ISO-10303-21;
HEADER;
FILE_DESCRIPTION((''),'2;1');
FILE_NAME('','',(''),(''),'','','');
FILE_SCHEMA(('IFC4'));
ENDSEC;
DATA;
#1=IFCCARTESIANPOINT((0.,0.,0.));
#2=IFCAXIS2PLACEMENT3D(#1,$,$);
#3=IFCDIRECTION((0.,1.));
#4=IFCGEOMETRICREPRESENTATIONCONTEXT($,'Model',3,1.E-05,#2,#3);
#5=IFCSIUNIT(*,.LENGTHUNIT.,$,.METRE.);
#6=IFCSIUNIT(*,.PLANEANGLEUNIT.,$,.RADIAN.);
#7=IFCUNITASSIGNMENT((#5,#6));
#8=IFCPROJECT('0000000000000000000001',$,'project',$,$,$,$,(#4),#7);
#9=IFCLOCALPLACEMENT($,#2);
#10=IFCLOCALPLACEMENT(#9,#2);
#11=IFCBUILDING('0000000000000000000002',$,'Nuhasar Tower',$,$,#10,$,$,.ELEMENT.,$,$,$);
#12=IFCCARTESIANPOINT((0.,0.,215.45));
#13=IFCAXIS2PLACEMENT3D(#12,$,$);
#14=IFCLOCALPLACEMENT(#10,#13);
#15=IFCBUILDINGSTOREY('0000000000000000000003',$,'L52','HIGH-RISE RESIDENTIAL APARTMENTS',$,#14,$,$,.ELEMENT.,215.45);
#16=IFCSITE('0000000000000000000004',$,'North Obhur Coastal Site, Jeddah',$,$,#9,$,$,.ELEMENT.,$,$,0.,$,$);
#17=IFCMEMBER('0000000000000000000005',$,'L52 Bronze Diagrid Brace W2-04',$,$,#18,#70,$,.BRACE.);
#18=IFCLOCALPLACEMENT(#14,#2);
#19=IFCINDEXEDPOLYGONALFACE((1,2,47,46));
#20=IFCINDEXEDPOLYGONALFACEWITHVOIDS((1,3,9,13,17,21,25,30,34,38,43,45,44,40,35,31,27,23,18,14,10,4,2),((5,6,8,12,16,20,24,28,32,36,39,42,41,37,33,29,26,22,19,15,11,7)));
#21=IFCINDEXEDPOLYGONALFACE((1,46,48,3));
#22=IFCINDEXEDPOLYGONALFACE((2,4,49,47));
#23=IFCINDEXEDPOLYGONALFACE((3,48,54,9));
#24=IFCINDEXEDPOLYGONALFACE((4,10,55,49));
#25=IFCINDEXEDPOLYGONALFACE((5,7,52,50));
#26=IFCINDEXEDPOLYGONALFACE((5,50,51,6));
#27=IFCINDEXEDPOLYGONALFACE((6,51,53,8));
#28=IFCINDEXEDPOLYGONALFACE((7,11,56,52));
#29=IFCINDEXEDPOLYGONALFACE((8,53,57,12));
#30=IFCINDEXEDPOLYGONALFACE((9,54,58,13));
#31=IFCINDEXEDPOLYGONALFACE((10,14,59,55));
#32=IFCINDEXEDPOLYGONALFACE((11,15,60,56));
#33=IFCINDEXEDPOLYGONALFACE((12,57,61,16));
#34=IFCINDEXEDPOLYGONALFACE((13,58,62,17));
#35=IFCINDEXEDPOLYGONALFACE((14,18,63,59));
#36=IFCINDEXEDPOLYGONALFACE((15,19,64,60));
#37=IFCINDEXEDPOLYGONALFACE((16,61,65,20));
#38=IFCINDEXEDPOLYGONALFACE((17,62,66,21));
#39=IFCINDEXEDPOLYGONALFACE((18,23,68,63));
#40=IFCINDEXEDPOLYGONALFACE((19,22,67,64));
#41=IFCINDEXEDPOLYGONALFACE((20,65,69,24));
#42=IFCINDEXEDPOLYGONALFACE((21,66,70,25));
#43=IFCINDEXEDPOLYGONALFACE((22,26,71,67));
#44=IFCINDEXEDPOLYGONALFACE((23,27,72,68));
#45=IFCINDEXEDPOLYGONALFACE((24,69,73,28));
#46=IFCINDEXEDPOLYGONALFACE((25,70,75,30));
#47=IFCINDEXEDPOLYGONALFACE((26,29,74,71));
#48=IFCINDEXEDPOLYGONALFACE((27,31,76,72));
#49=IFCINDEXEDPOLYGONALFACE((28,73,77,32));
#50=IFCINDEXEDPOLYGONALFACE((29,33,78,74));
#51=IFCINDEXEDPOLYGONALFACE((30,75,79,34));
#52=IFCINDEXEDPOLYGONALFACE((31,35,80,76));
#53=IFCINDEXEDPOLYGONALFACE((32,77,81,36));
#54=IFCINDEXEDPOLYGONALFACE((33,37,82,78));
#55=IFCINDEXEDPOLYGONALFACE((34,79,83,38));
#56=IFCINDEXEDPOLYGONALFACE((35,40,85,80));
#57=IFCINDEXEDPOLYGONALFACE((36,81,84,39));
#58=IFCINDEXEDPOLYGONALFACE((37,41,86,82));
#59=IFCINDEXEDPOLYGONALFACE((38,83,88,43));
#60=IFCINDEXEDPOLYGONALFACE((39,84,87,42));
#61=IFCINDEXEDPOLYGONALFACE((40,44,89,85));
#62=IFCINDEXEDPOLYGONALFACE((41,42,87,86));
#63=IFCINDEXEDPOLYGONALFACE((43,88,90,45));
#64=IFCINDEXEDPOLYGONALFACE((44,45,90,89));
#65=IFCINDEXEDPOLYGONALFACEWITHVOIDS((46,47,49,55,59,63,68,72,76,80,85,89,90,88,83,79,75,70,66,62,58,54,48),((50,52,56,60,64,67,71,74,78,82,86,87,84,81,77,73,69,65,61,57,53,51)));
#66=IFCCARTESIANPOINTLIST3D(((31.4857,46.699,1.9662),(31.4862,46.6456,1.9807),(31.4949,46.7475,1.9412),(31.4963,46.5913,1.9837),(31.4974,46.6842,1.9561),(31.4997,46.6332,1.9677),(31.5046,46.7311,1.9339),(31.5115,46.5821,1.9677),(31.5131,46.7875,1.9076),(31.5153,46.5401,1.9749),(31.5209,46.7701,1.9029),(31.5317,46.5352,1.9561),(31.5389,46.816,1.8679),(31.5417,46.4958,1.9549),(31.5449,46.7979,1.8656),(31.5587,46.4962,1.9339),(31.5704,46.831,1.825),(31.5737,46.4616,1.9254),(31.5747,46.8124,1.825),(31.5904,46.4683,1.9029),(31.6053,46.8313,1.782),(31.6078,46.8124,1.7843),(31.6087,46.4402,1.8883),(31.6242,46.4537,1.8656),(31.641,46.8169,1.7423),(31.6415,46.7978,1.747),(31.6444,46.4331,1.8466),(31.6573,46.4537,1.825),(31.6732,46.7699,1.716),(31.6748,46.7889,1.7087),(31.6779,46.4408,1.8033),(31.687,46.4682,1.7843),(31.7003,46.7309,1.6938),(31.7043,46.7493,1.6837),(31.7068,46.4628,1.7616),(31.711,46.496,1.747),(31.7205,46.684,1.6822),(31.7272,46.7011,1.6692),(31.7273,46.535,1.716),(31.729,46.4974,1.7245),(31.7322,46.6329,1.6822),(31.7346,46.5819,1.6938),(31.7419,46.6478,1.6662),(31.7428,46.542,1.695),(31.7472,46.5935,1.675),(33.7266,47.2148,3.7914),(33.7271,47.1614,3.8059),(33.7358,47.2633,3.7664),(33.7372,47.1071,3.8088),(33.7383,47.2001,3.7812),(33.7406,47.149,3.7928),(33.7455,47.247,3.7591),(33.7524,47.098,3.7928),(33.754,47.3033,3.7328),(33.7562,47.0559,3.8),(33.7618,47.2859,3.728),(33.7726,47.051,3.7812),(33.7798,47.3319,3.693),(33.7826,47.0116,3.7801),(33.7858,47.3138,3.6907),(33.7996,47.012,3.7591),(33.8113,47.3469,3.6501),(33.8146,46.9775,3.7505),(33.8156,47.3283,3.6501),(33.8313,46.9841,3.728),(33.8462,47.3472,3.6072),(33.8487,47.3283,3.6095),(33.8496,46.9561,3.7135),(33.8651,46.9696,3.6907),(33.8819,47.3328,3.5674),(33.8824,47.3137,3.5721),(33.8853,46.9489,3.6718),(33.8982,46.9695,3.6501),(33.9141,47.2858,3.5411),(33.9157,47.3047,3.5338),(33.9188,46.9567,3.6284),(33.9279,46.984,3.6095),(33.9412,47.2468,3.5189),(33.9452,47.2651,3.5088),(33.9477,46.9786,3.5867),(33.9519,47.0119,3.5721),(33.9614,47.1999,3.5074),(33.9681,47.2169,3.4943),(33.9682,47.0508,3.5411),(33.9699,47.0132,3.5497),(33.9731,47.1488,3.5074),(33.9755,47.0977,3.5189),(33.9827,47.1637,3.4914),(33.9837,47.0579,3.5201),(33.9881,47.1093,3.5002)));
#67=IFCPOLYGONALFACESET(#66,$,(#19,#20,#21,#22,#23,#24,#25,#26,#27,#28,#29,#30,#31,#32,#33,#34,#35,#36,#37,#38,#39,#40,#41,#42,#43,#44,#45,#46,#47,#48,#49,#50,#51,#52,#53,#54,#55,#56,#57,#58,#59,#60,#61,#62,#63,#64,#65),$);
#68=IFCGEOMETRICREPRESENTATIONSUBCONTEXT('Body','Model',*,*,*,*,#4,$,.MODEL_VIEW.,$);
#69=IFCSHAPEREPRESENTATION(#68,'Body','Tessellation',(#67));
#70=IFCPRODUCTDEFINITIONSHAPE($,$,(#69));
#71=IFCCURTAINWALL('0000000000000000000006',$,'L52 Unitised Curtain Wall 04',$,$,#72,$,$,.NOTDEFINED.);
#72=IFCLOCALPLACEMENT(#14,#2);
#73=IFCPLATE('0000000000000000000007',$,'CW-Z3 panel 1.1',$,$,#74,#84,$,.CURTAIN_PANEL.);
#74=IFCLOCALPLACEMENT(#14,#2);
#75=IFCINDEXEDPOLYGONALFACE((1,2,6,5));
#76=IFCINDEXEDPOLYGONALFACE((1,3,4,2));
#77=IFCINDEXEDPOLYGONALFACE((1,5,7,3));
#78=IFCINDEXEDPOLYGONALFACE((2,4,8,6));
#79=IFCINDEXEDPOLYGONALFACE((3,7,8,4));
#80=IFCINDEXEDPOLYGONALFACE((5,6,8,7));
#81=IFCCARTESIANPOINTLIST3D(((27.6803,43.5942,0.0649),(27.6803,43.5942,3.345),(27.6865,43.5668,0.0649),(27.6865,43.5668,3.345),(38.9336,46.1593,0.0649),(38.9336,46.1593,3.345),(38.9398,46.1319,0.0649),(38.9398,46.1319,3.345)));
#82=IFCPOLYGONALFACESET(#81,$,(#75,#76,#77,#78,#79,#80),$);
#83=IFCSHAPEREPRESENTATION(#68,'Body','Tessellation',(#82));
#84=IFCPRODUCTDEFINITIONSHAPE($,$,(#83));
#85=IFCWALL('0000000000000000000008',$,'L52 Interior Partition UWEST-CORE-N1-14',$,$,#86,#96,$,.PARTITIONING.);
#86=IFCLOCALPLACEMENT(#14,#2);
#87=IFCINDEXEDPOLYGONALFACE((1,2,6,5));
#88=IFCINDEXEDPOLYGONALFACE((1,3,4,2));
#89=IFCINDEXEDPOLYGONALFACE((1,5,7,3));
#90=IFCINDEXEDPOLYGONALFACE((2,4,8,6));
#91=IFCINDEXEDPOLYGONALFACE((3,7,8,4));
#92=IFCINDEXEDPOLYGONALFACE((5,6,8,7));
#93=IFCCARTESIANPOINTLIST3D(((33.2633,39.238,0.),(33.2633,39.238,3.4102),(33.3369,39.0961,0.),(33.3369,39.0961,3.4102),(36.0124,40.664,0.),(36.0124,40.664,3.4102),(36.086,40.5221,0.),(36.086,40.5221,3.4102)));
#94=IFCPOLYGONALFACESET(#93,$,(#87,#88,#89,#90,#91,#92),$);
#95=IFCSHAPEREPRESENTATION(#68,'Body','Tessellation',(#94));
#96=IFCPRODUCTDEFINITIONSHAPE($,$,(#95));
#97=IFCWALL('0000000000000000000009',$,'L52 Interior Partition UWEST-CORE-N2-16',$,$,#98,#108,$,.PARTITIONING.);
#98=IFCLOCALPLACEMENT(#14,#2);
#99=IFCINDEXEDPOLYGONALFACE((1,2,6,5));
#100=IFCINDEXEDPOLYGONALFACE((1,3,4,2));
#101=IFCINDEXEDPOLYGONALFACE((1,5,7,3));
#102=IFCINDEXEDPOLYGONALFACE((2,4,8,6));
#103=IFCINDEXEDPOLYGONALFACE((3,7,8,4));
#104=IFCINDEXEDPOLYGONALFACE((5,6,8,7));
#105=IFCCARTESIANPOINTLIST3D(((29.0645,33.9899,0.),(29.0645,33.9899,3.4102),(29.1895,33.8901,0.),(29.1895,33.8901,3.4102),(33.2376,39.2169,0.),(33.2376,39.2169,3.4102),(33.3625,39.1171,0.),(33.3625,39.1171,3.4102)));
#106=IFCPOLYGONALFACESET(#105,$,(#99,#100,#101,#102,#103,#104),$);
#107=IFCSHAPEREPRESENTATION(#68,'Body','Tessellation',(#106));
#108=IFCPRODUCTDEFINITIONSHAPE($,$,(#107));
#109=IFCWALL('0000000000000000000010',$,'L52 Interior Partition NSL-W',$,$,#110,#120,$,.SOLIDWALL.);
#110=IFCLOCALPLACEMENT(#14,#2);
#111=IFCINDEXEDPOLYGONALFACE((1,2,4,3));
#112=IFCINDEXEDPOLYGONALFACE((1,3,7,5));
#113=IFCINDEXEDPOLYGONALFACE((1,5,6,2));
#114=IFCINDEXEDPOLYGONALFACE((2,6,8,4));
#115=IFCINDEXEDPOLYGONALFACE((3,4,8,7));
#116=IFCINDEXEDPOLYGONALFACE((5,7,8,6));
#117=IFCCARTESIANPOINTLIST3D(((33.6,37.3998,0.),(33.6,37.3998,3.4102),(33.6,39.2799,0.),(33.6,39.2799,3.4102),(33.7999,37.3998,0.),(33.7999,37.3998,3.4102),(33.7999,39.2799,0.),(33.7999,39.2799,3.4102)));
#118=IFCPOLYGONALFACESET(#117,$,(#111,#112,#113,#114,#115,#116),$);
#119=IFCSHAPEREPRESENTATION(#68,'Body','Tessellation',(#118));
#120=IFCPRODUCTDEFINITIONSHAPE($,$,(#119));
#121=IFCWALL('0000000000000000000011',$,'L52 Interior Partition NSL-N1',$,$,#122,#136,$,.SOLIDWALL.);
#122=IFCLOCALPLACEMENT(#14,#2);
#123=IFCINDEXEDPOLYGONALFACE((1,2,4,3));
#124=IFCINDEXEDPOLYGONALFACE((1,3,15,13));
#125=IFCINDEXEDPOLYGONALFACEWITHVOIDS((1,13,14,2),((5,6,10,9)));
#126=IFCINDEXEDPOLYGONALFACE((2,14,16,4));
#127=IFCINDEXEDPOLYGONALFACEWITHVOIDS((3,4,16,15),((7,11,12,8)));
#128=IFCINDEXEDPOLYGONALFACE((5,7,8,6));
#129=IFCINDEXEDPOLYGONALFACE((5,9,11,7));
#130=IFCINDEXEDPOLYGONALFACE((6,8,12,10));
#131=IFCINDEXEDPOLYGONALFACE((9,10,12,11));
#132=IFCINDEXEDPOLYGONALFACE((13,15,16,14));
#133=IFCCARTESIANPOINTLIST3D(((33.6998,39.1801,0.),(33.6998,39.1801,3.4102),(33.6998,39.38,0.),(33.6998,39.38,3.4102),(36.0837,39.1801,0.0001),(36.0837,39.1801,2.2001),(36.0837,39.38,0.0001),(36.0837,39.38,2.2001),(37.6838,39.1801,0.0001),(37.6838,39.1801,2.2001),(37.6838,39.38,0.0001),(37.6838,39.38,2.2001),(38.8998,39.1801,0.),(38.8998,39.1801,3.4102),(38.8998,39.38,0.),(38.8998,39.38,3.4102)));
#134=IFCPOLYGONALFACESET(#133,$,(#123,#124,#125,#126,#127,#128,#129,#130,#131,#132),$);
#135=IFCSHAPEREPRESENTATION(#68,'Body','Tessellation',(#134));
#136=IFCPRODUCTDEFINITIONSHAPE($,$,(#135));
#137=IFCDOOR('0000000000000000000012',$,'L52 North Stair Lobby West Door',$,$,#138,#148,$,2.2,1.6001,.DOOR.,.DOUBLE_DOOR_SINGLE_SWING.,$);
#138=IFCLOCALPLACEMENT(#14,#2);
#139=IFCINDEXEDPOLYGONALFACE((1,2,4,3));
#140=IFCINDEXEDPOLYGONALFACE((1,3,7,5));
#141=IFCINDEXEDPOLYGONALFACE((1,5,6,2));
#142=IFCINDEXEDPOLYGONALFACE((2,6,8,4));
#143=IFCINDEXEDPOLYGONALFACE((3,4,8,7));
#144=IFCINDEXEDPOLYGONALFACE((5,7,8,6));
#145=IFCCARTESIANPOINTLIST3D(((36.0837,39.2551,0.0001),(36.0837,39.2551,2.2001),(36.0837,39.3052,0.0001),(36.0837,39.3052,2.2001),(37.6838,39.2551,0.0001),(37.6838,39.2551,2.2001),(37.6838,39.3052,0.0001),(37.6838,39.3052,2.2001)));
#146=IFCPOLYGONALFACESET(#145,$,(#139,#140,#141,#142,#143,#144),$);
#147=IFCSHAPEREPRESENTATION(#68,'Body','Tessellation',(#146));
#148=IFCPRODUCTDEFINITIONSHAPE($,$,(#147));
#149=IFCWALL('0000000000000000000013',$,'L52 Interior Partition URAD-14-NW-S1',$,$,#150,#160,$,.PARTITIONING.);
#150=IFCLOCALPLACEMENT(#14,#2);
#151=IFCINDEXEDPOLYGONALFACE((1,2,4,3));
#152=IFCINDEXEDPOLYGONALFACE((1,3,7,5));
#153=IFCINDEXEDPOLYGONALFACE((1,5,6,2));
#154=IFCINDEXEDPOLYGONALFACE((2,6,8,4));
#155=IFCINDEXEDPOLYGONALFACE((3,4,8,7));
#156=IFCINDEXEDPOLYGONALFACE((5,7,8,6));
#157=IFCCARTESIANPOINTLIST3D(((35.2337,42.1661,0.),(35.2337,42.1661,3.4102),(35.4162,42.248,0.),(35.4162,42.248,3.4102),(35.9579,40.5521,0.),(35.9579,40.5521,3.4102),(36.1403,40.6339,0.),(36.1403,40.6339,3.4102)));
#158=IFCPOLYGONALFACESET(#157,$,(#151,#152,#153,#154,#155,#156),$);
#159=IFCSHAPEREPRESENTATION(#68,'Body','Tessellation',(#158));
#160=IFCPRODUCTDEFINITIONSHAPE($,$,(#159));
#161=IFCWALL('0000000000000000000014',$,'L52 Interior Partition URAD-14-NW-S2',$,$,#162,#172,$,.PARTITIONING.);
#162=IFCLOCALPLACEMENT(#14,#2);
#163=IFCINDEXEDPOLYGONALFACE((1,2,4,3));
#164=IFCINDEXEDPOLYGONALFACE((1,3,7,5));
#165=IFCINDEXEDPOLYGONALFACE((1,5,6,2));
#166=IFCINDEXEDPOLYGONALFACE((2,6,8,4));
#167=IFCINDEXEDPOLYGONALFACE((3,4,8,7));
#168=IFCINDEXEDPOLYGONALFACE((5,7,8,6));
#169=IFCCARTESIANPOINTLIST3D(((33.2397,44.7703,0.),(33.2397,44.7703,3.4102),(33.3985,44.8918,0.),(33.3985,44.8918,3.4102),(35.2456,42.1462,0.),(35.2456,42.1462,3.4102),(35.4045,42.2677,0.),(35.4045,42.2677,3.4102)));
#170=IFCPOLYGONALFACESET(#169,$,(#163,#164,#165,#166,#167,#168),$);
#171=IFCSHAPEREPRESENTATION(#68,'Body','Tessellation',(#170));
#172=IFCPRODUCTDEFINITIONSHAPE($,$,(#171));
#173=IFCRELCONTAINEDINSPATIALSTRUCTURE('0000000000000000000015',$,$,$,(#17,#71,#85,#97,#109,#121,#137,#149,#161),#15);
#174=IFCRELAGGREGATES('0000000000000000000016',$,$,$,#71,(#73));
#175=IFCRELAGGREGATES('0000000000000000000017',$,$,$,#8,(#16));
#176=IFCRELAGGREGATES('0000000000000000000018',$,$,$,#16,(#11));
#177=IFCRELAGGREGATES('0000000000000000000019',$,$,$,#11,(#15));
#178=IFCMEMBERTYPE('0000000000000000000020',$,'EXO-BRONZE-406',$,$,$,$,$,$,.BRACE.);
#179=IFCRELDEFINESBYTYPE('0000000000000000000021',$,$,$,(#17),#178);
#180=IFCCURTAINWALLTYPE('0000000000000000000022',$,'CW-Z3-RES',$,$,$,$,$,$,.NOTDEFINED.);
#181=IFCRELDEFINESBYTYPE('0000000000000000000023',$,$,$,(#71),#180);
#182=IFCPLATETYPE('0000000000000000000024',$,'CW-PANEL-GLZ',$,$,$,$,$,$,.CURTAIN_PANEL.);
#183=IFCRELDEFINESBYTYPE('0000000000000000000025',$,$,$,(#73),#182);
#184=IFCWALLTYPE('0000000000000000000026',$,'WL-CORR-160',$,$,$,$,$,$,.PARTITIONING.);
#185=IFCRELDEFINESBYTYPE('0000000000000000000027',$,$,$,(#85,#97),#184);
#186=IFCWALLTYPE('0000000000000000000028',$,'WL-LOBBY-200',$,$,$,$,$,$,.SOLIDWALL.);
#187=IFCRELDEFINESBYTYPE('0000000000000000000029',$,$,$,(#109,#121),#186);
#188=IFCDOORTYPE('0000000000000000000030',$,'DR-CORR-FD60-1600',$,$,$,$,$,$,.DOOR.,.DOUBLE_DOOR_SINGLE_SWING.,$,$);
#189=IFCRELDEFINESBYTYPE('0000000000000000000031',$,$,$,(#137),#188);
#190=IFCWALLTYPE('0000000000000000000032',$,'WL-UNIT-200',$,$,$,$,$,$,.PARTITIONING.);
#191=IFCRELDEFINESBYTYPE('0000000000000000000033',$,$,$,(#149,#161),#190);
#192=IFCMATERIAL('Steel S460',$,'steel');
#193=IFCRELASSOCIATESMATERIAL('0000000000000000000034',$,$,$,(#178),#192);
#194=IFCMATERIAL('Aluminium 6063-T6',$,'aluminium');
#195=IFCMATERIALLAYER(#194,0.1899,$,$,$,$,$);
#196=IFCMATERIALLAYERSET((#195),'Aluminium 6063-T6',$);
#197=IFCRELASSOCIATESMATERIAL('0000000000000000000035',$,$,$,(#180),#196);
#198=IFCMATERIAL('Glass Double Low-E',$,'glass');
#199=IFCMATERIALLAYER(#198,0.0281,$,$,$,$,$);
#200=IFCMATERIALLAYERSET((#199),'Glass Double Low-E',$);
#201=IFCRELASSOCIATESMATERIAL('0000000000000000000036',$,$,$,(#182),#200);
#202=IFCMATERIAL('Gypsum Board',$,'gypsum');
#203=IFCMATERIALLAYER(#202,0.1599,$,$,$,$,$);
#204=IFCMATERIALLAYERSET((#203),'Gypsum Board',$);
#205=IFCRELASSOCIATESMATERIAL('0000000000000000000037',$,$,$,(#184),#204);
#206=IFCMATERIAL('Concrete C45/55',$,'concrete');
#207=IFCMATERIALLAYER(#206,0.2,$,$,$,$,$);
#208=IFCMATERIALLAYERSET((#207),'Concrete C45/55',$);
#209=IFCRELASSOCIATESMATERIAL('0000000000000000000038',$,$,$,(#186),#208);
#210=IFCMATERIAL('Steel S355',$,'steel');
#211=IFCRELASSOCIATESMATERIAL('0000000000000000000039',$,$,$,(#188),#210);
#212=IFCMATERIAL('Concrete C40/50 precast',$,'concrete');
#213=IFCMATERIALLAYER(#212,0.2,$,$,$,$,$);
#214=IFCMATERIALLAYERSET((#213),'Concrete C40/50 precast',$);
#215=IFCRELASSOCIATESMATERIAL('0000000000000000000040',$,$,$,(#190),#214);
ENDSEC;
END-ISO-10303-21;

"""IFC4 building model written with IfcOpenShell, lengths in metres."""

from ifc_helpers import new_model, si_unit, direction, frame, frame_2d, origin, origin_2d, place, context, subcontext, project, spatial, rectangle, hollow_circle, extrude, material, layer, layer_set, material_profile, profile_set, type_object, element, fill, aggregate, save


model = new_model("IFC4")

# Units and contexts
model_context = context("Model", 3, precision=1e-05, world=origin(), true_north=direction((0.0, 1.0)))
body_context = subcontext(model_context, "Body", "Model", "MODEL_VIEW")
ifc_project = project(units=[si_unit("LENGTHUNIT", "METRE"), si_unit("PLANEANGLEUNIT", "RADIAN")], contexts=[model_context])

# Site, building, storey
site_placement = place(None, origin())
site = spatial("IfcSite", under=ifc_project, at=site_placement, Name="North Obhur Coastal Site, Jeddah", CompositionType="ELEMENT", RefElevation=0.0)
building_placement = place(site_placement, origin())
building = spatial("IfcBuilding", under=site, at=building_placement, Name="Nuhasar Tower", CompositionType="ELEMENT")
storey_placement = place(building_placement, frame((0.0, 0.0, 215.45)))
storey = spatial("IfcBuildingStorey", under=building, at=storey_placement, Name="L52", Description="HIGH-RISE RESIDENTIAL APARTMENTS", CompositionType="ELEMENT", Elevation=215.45)

# Shared definitions
ifc_material_1 = material(Name="Steel S355", Category="steel")

# Member
ifc_material_2 = material(Name="Steel S460", Category="steel")
ifc_material_profile_1 = material_profile(ifc_material_2, hollow_circle(Radius=0.2031, WallThickness=0.019, at=origin_2d()), Name="HSS406.4X19.1")
ifc_profile_set_1 = profile_set([ifc_material_profile_1], Name="Steel S460")
member_type = type_object("IfcMemberType", Name="EXO-BRONZE-406", PredefinedType="BRACE", material=ifc_profile_set_1)
for number, where, z_axis, x_axis, name in (
    (1, (31.616, 46.6331, 1.825), (0.763303, 0.175712, 0.621686), (-0.224332, 0.974513, 0.0), "L52 Bronze Diagrid Brace W2-04"),
):
    element("IfcMember", number, at=place(storey_placement, frame(where, z_axis=z_axis, x_axis=x_axis)), inside=storey, type_object=member_type, Name=name, PredefinedType="BRACE", context=body_context, shape_type="SweptSolid", body=[
        extrude(hollow_circle(Radius=0.2031, WallThickness=0.019, at=origin_2d()), origin(), (0.0, 0.0, 1.0), 2.9358),
    ])

# Curtain wall, plate
ifc_material_3 = material(Name="Aluminium 6063-T6", Category="aluminium")
ifc_layer_1 = layer(ifc_material_3, 0.1899)
ifc_layer_set_1 = layer_set([ifc_layer_1], Name="Aluminium 6063-T6")
curtain_wall_type = type_object("IfcCurtainWallType", Name="CW-Z3-RES", PredefinedType="NOTDEFINED", material=ifc_layer_set_1)
curtain_wall_placement = place(storey_placement, origin())
curtain_wall = element("IfcCurtainWall", 2, at=curtain_wall_placement, inside=storey, type_object=curtain_wall_type, Name="L52 Unitised Curtain Wall 04", PredefinedType="NOTDEFINED")
ifc_material_4 = material(Name="Glass Double Low-E", Category="glass")
ifc_layer_2 = layer(ifc_material_4, 0.0281)
ifc_layer_set_2 = layer_set([ifc_layer_2], Name="Glass Double Low-E")
plate_type = type_object("IfcPlateType", Name="CW-PANEL-GLZ", PredefinedType="CURTAIN_PANEL", material=ifc_layer_set_2)
plate_placement = place(storey_placement, frame((33.3101, 44.863, 0.0649), z_axis=(0.0, 0.0, 1.0), x_axis=(-0.974991, -0.222243, 0.0)))
plate = element("IfcPlate", 3, at=plate_placement, type_object=plate_type, Name="CW-Z3 panel 1.1", PredefinedType="CURTAIN_PANEL", context=body_context, shape_type="SweptSolid", body=[
    extrude(rectangle(XDim=11.542, YDim=0.0281, at=origin_2d()), origin(), (0.0, 0.0, 1.0), 3.28),
])
aggregate(curtain_wall, [plate])

# Walls
ifc_material_5 = material(Name="Gypsum Board", Category="gypsum")
ifc_layer_3 = layer(ifc_material_5, 0.1599)
ifc_layer_set_3 = layer_set([ifc_layer_3], Name="Gypsum Board")
wall_type_1 = type_object("IfcWallType", Name="WL-CORR-160", PredefinedType="PARTITIONING", material=ifc_layer_set_3)
wall_1_placement = place(storey_placement, frame((36.0491, 40.593, 0.0), z_axis=(0.0, 0.0, 1.0), x_axis=(-0.887675, -0.460471, 0.0)))
element("IfcWall", 4, at=wall_1_placement, inside=storey, type_object=wall_type_1, Name="L52 Interior Partition UWEST-CORE-N1-14", PredefinedType="PARTITIONING", context=body_context, shape_type="SweptSolid", body=[
    extrude(rectangle(XDim=3.0969, YDim=0.1599, at=frame_2d((1.5483, 0.0))), origin(), (0.0, 0.0, 1.0), 3.4102),
])
wall_2_placement = place(storey_placement, frame((33.3, 39.167, 0.0), z_axis=(0.0, 0.0, 1.0), x_axis=(-0.623916, -0.781492, 0.0)))
element("IfcWall", 5, at=wall_2_placement, inside=storey, type_object=wall_type_1, Name="L52 Interior Partition UWEST-CORE-N2-16", PredefinedType="PARTITIONING", context=body_context, shape_type="SweptSolid", body=[
    extrude(rectangle(XDim=6.6885, YDim=0.1599, at=frame_2d((3.3442, 0.0))), origin(), (0.0, 0.0, 1.0), 3.4102),
])
ifc_material_6 = material(Name="Concrete C45/55", Category="concrete")
ifc_layer_4 = layer(ifc_material_6, 0.2)
ifc_layer_set_4 = layer_set([ifc_layer_4], Name="Concrete C45/55")
wall_type_2 = type_object("IfcWallType", Name="WL-LOBBY-200", PredefinedType="SOLIDWALL", material=ifc_layer_set_4)
wall_3_placement = place(storey_placement, frame((33.7, 37.3999, 0.0), z_axis=(0.0, 0.0, 1.0), x_axis=(0.0, 1.0, 0.0)))
element("IfcWall", 6, at=wall_3_placement, inside=storey, type_object=wall_type_2, Name="L52 Interior Partition NSL-W", PredefinedType="SOLIDWALL", context=body_context, shape_type="SweptSolid", body=[
    extrude(rectangle(XDim=1.8801, YDim=0.2, at=frame_2d((0.9399, 0.0))), origin(), (0.0, 0.0, 1.0), 3.4102),
])

# Wall, opening, door
wall_4_placement = place(storey_placement, frame((38.8999, 39.28, 0.0), z_axis=(0.0, 0.0, 1.0), x_axis=(-1.0, 0.0, 0.0)))
wall_4 = element("IfcWall", 7, at=wall_4_placement, inside=storey, type_object=wall_type_2, Name="L52 Interior Partition NSL-N1", PredefinedType="SOLIDWALL", context=body_context, shape_type="SweptSolid", body=[
    extrude(rectangle(XDim=5.2, YDim=0.2, at=frame_2d((2.6001, 0.0))), origin(), (0.0, 0.0, 1.0), 3.4102),
])
opening_1_placement = place(wall_4_placement, frame((1.2161, 0.0, 0.0)))
opening_1 = element("IfcOpeningElement", 8, at=opening_1_placement, cuts=wall_4, PredefinedType="OPENING", context=body_context, shape_type="SweptSolid", body=[
    extrude(rectangle(XDim=1.6001, YDim=2.2, at=frame_2d((0.8, 1.1001))), frame((0.0, 0.1099, 0.0), z_axis=(0.0, -1.0, 0.0), x_axis=(1.0, 0.0, 0.0)), (0.0, 0.0, 1.0), 0.22),
])
door_type_1 = type_object("IfcDoorType", Name="DR-CORR-FD60-1600", OperationType="DOUBLE_DOOR_SINGLE_SWING", PredefinedType="DOOR", material=ifc_material_1)
door_1_placement = place(opening_1_placement, origin())
door_1 = element("IfcDoor", 9, at=door_1_placement, inside=storey, type_object=door_type_1, Name="L52 North Stair Lobby West Door", OperationType="DOUBLE_DOOR_SINGLE_SWING", OverallHeight=2.2, OverallWidth=1.6001, PredefinedType="DOOR", context=body_context, shape_type="SweptSolid", body=[
    extrude(rectangle(XDim=1.6001, YDim=2.2, at=frame_2d((0.8, 1.1001))), frame((0.0, 0.0249, 0.0), z_axis=(0.0, -1.0, 0.0), x_axis=(1.0, 0.0, 0.0)), (0.0, 0.0, 1.0), 0.05),
])
fill(opening_1, door_1)

# Walls
ifc_material_7 = material(Name="Concrete C40/50 precast", Category="concrete")
ifc_layer_5 = layer(ifc_material_7, 0.2)
ifc_layer_set_5 = layer_set([ifc_layer_5], Name="Concrete C40/50 precast")
wall_type_3 = type_object("IfcWallType", Name="WL-UNIT-200", PredefinedType="PARTITIONING", material=ifc_layer_set_5)
wall_5_placement = place(storey_placement, frame((36.0491, 40.593, 0.0), z_axis=(0.0, 0.0, 1.0), x_axis=(-0.409337, 0.912383, 0.0)))
element("IfcWall", 10, at=wall_5_placement, inside=storey, type_object=wall_type_3, Name="L52 Interior Partition URAD-14-NW-S1", PredefinedType="PARTITIONING", context=body_context, shape_type="SweptSolid", body=[
    extrude(rectangle(XDim=1.769, YDim=0.2, at=frame_2d((0.8845, 0.0))), origin(), (0.0, 0.0, 1.0), 3.4102),
])
wall_6_placement = place(storey_placement, frame((35.325, 42.207, 0.0), z_axis=(0.0, 0.0, 1.0), x_axis=(-0.607307, 0.794467, 0.0)))
element("IfcWall", 11, at=wall_6_placement, inside=storey, type_object=wall_type_3, Name="L52 Interior Partition URAD-14-NW-S2", PredefinedType="PARTITIONING", context=body_context, shape_type="SweptSolid", body=[
    extrude(rectangle(XDim=3.303, YDim=0.2, at=frame_2d((1.6514, 0.0))), origin(), (0.0, 0.0, 1.0), 3.4102),
])

save(model, "model.ifc")
